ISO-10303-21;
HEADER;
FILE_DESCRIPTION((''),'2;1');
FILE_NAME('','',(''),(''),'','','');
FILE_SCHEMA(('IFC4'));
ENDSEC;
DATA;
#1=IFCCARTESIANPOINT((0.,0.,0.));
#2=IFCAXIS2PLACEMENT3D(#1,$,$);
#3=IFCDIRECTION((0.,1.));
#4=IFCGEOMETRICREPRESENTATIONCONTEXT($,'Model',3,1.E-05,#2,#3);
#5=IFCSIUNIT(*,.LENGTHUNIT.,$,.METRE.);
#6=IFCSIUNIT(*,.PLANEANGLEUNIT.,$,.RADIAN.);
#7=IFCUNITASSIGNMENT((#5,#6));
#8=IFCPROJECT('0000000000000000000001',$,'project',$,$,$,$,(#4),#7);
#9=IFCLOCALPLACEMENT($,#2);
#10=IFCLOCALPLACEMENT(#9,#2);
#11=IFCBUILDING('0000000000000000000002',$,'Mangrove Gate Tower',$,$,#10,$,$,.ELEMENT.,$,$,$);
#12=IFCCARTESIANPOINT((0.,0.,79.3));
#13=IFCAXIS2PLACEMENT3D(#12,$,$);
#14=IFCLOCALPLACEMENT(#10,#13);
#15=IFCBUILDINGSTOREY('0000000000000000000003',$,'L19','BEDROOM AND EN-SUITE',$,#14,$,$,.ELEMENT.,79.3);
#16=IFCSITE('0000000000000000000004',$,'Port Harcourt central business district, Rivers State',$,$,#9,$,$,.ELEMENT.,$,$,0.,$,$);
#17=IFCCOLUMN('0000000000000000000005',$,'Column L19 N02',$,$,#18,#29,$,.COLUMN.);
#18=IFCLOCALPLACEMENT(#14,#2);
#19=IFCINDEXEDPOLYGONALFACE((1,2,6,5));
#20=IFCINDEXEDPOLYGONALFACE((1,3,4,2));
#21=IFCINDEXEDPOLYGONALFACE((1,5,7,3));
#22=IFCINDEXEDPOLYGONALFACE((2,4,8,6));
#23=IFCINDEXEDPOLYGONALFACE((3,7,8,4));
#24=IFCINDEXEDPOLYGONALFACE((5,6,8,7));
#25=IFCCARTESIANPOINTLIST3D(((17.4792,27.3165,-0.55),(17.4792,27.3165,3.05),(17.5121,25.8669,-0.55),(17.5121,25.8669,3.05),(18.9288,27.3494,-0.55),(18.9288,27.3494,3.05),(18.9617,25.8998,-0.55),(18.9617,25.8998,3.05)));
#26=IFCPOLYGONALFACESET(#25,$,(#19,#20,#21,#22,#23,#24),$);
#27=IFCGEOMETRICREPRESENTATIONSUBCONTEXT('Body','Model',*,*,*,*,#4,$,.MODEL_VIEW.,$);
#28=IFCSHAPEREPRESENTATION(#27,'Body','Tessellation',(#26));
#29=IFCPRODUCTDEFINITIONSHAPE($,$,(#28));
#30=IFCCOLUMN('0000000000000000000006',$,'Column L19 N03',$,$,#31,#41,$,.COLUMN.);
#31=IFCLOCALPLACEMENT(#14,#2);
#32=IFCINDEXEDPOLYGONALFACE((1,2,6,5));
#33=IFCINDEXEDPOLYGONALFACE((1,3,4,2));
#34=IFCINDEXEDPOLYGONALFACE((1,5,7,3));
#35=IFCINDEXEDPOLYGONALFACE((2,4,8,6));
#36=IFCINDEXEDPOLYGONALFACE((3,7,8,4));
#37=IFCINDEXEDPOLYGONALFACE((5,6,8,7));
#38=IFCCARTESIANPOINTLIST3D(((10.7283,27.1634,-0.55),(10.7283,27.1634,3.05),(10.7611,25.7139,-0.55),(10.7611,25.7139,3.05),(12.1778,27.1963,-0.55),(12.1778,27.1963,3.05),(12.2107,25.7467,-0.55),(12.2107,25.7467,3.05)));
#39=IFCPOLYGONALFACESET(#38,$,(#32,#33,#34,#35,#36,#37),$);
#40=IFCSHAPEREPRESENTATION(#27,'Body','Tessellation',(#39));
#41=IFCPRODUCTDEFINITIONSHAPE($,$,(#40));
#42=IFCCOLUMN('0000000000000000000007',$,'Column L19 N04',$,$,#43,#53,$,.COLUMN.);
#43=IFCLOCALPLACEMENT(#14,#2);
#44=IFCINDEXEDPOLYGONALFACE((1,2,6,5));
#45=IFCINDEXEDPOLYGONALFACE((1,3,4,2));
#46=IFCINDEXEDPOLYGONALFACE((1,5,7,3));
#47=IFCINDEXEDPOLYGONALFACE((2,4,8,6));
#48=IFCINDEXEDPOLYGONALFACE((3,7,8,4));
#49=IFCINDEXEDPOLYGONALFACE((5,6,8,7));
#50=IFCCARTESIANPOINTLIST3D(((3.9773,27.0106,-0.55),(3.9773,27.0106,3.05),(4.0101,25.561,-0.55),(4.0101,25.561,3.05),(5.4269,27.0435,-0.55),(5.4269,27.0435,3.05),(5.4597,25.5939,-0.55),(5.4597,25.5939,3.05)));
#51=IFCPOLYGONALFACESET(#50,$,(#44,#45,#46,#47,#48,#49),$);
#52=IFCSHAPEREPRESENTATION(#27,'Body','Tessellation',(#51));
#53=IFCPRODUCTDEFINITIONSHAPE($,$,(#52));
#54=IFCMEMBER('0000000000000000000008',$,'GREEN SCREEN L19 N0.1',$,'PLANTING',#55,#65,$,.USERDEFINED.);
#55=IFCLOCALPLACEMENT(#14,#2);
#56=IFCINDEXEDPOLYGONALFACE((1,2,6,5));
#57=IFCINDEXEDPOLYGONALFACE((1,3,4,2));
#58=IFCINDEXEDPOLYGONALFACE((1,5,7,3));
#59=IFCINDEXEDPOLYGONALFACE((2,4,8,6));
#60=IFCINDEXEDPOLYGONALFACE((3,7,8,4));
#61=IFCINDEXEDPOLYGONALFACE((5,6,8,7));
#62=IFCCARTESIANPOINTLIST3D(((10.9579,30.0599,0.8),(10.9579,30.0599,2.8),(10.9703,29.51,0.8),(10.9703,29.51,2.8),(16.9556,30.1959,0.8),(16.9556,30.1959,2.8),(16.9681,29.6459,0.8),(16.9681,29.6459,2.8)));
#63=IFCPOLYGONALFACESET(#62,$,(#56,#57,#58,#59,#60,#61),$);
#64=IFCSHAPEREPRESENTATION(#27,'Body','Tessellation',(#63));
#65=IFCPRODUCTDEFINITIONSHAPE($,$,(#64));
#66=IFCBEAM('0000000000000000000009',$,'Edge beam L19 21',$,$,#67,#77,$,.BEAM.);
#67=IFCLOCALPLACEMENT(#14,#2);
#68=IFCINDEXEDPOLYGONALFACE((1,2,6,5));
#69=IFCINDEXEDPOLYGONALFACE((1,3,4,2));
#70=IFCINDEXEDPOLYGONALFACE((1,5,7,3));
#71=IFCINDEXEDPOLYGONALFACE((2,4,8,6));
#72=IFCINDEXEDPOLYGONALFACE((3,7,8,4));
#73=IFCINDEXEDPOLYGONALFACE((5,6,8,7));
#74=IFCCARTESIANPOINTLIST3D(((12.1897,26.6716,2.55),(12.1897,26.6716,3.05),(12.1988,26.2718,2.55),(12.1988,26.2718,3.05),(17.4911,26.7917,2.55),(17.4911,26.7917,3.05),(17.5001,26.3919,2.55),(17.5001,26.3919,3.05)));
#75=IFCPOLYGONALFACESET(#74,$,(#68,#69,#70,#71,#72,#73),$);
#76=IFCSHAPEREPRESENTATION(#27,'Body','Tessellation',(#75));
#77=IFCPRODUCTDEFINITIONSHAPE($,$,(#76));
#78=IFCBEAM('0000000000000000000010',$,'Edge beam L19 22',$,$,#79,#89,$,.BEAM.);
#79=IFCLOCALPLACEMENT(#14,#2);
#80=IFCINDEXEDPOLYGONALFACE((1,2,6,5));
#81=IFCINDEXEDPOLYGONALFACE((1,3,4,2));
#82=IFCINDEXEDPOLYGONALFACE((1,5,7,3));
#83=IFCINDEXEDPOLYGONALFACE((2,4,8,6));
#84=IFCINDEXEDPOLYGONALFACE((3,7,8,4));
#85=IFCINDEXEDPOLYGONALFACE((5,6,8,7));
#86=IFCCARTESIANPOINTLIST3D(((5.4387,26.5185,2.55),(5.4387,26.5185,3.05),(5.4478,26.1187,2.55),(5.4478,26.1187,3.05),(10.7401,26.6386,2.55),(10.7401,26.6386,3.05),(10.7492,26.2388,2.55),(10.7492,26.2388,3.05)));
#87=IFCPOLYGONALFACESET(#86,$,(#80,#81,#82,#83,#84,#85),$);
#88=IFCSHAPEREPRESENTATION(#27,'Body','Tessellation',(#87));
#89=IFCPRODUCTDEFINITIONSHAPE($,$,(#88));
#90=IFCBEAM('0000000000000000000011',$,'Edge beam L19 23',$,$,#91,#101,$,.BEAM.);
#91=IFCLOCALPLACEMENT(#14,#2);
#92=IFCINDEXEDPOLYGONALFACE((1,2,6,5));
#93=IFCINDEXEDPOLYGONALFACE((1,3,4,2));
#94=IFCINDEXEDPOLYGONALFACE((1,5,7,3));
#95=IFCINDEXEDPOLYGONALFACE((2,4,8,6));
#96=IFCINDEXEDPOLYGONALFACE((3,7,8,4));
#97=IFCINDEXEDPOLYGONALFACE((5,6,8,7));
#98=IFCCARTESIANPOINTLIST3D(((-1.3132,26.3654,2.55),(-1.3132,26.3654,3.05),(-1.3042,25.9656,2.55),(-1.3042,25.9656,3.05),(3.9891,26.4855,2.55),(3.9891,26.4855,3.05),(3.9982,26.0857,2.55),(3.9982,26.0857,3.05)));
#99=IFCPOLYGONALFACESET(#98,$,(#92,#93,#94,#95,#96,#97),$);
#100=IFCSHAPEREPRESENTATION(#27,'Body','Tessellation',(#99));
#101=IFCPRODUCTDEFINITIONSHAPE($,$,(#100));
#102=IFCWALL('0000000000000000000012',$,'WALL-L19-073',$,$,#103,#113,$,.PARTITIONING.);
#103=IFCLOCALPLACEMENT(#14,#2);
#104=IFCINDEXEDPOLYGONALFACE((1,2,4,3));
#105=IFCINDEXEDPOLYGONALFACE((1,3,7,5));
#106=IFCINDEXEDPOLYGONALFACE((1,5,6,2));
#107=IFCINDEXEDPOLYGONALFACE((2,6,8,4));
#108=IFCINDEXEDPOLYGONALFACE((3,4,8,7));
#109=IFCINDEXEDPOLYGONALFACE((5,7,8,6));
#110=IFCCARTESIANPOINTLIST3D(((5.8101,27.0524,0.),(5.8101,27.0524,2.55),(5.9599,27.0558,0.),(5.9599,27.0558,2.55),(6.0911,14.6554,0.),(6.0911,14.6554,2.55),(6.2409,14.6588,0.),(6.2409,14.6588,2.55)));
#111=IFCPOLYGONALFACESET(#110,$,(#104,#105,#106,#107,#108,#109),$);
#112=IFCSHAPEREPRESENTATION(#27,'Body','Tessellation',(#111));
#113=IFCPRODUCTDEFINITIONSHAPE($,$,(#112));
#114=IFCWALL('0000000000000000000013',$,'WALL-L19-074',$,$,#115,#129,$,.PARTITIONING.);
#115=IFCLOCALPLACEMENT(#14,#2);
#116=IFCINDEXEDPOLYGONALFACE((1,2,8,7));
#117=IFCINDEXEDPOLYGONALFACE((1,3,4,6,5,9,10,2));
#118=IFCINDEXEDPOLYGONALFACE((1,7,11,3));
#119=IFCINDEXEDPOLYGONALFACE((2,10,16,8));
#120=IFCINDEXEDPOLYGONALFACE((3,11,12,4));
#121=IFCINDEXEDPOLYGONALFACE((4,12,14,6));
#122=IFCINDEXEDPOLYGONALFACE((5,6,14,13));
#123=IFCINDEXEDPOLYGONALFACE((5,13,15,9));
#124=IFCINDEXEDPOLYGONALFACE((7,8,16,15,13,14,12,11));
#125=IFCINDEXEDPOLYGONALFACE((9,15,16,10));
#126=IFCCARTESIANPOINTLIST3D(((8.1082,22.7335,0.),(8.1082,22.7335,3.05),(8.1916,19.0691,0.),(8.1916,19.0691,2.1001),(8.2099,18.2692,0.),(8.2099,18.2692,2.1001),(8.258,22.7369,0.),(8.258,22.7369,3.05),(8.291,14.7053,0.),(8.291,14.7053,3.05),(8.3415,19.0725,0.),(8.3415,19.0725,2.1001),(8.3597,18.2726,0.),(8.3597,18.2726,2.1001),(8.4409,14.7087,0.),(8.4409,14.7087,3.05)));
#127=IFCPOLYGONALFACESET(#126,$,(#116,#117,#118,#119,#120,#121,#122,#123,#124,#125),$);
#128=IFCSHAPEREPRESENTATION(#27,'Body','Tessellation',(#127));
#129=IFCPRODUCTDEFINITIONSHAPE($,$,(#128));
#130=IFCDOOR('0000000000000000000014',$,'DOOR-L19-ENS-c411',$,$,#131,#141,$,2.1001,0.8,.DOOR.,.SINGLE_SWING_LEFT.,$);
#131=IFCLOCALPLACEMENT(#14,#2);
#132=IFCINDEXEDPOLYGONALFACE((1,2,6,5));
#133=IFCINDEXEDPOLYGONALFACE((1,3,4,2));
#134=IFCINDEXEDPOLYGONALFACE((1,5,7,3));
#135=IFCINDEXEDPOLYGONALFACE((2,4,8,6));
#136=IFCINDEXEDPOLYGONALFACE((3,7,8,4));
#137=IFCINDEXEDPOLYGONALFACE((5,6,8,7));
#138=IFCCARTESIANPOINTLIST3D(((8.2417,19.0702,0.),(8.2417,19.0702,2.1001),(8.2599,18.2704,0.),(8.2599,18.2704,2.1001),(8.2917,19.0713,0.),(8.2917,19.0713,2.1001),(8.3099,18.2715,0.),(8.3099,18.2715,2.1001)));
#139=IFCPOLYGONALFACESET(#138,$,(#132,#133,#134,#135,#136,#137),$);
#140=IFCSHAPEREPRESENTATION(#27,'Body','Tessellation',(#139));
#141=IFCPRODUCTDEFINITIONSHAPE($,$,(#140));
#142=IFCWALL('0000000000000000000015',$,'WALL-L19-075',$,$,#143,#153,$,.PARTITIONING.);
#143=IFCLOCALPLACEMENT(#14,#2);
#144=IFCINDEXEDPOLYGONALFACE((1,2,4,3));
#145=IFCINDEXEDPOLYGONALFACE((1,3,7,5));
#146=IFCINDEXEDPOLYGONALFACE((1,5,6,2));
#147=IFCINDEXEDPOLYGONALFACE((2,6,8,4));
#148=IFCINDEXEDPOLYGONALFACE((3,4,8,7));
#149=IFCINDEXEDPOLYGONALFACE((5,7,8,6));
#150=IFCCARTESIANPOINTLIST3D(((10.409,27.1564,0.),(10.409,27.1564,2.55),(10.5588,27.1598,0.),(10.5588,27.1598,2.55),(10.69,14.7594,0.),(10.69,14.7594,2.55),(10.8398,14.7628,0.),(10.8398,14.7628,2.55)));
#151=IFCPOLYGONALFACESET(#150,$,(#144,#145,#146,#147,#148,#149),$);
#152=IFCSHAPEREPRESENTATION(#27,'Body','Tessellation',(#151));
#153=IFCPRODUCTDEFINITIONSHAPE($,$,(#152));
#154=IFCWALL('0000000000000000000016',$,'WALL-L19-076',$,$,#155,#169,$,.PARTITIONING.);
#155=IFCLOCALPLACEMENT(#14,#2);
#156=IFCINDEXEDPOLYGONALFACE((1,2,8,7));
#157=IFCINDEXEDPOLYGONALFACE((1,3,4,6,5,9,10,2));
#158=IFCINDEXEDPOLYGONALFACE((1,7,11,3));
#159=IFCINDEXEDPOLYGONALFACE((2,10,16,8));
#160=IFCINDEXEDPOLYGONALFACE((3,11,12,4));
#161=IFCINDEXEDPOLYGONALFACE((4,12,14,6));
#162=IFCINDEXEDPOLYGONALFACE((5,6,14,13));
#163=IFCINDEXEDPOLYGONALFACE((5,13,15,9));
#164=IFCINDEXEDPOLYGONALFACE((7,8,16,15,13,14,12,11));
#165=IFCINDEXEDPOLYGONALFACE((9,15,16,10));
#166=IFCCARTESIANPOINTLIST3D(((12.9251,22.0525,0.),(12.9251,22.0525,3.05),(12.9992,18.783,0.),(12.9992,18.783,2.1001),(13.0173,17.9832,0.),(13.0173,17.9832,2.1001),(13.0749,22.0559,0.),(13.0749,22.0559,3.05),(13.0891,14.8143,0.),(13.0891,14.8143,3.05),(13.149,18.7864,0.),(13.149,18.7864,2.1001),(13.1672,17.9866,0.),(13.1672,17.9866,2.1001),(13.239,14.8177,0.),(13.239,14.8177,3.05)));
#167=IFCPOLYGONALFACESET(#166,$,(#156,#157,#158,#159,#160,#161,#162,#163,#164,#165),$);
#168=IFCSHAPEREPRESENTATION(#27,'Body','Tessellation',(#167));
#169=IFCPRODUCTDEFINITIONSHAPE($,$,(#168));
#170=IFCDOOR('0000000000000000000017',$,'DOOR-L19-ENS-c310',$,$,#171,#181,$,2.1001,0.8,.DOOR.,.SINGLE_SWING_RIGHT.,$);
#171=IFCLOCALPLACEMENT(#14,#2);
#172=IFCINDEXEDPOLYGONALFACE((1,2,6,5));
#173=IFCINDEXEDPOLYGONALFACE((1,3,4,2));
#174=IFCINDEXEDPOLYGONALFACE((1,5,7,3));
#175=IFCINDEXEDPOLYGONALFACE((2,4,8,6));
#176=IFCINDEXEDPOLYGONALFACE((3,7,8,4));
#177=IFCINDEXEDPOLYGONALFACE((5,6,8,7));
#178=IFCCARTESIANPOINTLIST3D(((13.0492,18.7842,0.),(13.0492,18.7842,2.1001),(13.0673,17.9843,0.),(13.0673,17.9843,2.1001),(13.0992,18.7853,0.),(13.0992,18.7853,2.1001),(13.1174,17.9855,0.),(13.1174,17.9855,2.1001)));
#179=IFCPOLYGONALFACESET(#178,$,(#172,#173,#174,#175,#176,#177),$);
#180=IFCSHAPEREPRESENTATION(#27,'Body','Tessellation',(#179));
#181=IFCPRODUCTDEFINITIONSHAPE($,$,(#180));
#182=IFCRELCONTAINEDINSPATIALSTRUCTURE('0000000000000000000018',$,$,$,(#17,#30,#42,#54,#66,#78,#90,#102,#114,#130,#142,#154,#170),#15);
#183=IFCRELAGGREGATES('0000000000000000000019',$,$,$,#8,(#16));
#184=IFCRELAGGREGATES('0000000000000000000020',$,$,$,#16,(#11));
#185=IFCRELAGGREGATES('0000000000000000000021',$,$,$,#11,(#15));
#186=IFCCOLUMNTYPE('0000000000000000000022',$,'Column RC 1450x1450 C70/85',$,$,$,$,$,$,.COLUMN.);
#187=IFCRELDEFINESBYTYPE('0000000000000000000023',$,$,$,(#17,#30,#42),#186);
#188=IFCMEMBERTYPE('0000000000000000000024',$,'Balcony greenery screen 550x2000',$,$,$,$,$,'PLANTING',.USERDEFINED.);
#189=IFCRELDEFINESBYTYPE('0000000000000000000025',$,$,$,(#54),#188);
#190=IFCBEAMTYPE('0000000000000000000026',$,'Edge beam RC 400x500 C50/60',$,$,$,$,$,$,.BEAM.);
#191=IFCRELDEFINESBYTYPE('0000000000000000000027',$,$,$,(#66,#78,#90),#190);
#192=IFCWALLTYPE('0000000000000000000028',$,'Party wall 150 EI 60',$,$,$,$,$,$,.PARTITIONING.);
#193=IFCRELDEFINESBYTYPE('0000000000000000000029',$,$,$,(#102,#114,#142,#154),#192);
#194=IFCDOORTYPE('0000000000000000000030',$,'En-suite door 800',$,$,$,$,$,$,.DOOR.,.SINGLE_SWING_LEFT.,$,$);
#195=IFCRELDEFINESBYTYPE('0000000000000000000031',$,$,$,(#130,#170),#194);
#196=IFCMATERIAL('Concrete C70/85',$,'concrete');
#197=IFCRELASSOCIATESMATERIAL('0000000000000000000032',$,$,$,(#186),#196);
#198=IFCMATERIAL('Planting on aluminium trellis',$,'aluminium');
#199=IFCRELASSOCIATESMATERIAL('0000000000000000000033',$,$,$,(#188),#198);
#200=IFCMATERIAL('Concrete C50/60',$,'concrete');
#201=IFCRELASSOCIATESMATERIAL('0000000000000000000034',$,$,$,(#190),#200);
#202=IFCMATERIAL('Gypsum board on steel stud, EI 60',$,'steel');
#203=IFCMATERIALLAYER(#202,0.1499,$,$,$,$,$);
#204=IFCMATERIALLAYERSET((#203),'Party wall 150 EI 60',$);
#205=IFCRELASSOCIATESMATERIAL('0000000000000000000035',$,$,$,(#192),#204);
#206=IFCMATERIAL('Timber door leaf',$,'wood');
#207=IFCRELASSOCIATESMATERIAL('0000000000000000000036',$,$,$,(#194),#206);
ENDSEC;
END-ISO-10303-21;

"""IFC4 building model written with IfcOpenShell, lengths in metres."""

from ifc_helpers import new_model, si_unit, direction, frame, frame_2d, origin, origin_2d, place, context, subcontext, project, spatial, rectangle, extrude, material, layer, layer_set, material_profile, profile_set, type_object, element, fill, save


model = new_model("IFC4")

# Units and contexts
model_context = context("Model", 3, precision=1e-05, world=origin(), true_north=direction((0.0, 1.0)))
body_context = subcontext(model_context, "Body", "Model", "MODEL_VIEW")
ifc_project = project(units=[si_unit("LENGTHUNIT", "METRE"), si_unit("PLANEANGLEUNIT", "RADIAN")], contexts=[model_context])

# Site, building, storey
site_placement = place(None, origin())
site = spatial("IfcSite", under=ifc_project, at=site_placement, Name="Port Harcourt central business district, Rivers State", CompositionType="ELEMENT", RefElevation=0.0)
building_placement = place(site_placement, origin())
building = spatial("IfcBuilding", under=site, at=building_placement, Name="Mangrove Gate Tower", CompositionType="ELEMENT")
storey_placement = place(building_placement, frame((0.0, 0.0, 79.3)))
storey = spatial("IfcBuildingStorey", under=building, at=storey_placement, Name="L19", Description="BEDROOM AND EN-SUITE", CompositionType="ELEMENT", Elevation=79.3)

# Columns
ifc_material_1 = material(Name="Concrete C70/85", Category="concrete")
ifc_material_profile_1 = material_profile(ifc_material_1, rectangle(XDim=1.45, YDim=1.45, at=origin_2d()))
ifc_profile_set_1 = profile_set([ifc_material_profile_1], Name="Concrete C70/85")
column_type = type_object("IfcColumnType", Name="Column RC 1450x1450 C70/85", PredefinedType="COLUMN", material=ifc_profile_set_1)
for number, where, z_axis, x_axis, name in (
    (1, (18.2205, 26.6082, -0.55), (0.0, 0.0, 1.0), (-0.999742, -0.02273, 0.0), "Column L19 N02"),
    (2, (11.4695, 26.4551, -0.55), (0.0, 0.0, 1.0), (-0.999743, -0.022657, 0.0), "Column L19 N03"),
    (3, (4.7185, 26.3022, -0.55), (0.0, 0.0, 1.0), (-0.999743, -0.022656, 0.0), "Column L19 N04"),
):
    element("IfcColumn", number, at=place(storey_placement, frame(where, z_axis=z_axis, x_axis=x_axis)), inside=storey, type_object=column_type, Name=name, PredefinedType="COLUMN", context=body_context, shape_type="SweptSolid", body=[
        extrude(rectangle(XDim=1.45, YDim=1.45, at=origin_2d()), origin(), (0.0, 0.0, 1.0), 3.6001),
    ])

# Member
ifc_material_2 = material(Name="Planting on aluminium trellis", Category="aluminium")
ifc_material_profile_2 = material_profile(ifc_material_2, rectangle(XDim=0.55, YDim=2.0, at=origin_2d()))
ifc_profile_set_2 = profile_set([ifc_material_profile_2], Name="Planting on aluminium trellis")
member_type = type_object("IfcMemberType", Name="Balcony greenery screen 550x2000", ElementType="PLANTING", PredefinedType="USERDEFINED", material=ifc_profile_set_2)
member_placement = place(storey_placement, frame((10.9641, 29.7849, 1.8), z_axis=(0.999743, 0.022667, 0.0), x_axis=(-0.022667, 0.999743, 0.0)))
element("IfcMember", 4, at=member_placement, inside=storey, type_object=member_type, Name="GREEN SCREEN L19 N0.1", ObjectType="PLANTING", PredefinedType="USERDEFINED", context=body_context, shape_type="SweptSolid", body=[
    extrude(rectangle(XDim=0.55, YDim=2.0, at=origin_2d()), origin(), (0.0, 0.0, 1.0), 5.9993),
])

# Beams
ifc_material_3 = material(Name="Concrete C50/60", Category="concrete")
ifc_material_profile_3 = material_profile(ifc_material_3, rectangle(XDim=0.3999, YDim=0.5, at=origin_2d()))
ifc_profile_set_3 = profile_set([ifc_material_profile_3], Name="Concrete C50/60")
beam_type = type_object("IfcBeamType", Name="Edge beam RC 400x500 C50/60", PredefinedType="BEAM", material=ifc_profile_set_3)
for number, where, z_axis, x_axis, name in (
    (5, (17.4956, 26.5918, 2.8), (-0.999743, -0.022652, 0.0), (0.022652, -0.999743, 0.0), "Edge beam L19 21"),
    (6, (10.7446, 26.4387, 2.8), (-0.999743, -0.022652, 0.0), (0.022652, -0.999743, 0.0), "Edge beam L19 22"),
):
    element("IfcBeam", number, at=place(storey_placement, frame(where, z_axis=z_axis, x_axis=x_axis)), inside=storey, type_object=beam_type, Name=name, PredefinedType="BEAM", context=body_context, shape_type="SweptSolid", body=[
        extrude(rectangle(XDim=0.3999, YDim=0.5, at=origin_2d()), origin(), (0.0, 0.0, 1.0), 5.3027),
    ])
beam_placement = place(storey_placement, frame((3.9937, 26.2856, 2.8), z_axis=(-0.999743, -0.022648, 0.0), x_axis=(0.022648, -0.999743, 0.0)))
element("IfcBeam", 7, at=beam_placement, inside=storey, type_object=beam_type, Name="Edge beam L19 23", PredefinedType="BEAM", context=body_context, shape_type="SweptSolid", body=[
    extrude(rectangle(XDim=0.3999, YDim=0.5, at=origin_2d()), origin(), (0.0, 0.0, 1.0), 5.3037),
])

# Wall
ifc_material_4 = material(Name="Gypsum board on steel stud, EI 60", Category="steel")
ifc_layer_1 = layer(ifc_material_4, 0.1499)
ifc_layer_set_1 = layer_set([ifc_layer_1], Name="Party wall 150 EI 60")
wall_type_1 = type_object("IfcWallType", Name="Party wall 150 EI 60", PredefinedType="PARTITIONING", material=ifc_layer_set_1)
wall_1_placement = place(storey_placement, frame((6.166, 14.657, 0.0), z_axis=(0.0, 0.0, 1.0), x_axis=(-0.022661, 0.999743, 0.0)))
element("IfcWall", 8, at=wall_1_placement, inside=storey, type_object=wall_type_1, Name="WALL-L19-073", PredefinedType="PARTITIONING", context=body_context, shape_type="SweptSolid", body=[
    extrude(rectangle(XDim=12.4001, YDim=0.1499, at=frame_2d((6.2002, 0.0))), origin(), (0.0, 0.0, 1.0), 2.55),
])

# Wall, opening, door
wall_2_placement = place(storey_placement, frame((8.366, 14.707, 0.0), z_axis=(0.0, 0.0, 1.0), x_axis=(-0.022772, 0.999741, 0.0)))
wall_2 = element("IfcWall", 9, at=wall_2_placement, inside=storey, type_object=wall_type_1, Name="WALL-L19-074", PredefinedType="PARTITIONING", context=body_context, shape_type="SweptSolid", body=[
    extrude(rectangle(XDim=8.0303, YDim=0.1499, at=frame_2d((4.0151, 0.0))), origin(), (0.0, 0.0, 1.0), 3.05),
])
opening_1_placement = place(wall_2_placement, frame((3.5649, 0.0, 0.0)))
opening_1 = element("IfcOpeningElement", 10, at=opening_1_placement, cuts=wall_2, PredefinedType="OPENING", context=body_context, shape_type="SweptSolid", body=[
    extrude(rectangle(XDim=0.8, YDim=2.1001, at=frame_2d((0.3999, 1.05))), frame((0.0, 0.085, 0.0), z_axis=(0.0, -1.0, 0.0), x_axis=(1.0, 0.0, 0.0)), (0.0, 0.0, 1.0), 0.1699),
])
ifc_material_5 = material(Name="Timber door leaf", Category="wood")
door_type = type_object("IfcDoorType", Name="En-suite door 800", OperationType="SINGLE_SWING_LEFT", PredefinedType="DOOR", material=ifc_material_5)
door_1_placement = place(opening_1_placement, origin())
door_1 = element("IfcDoor", 11, at=door_1_placement, inside=storey, type_object=door_type, Name="DOOR-L19-ENS-c411", OperationType="SINGLE_SWING_LEFT", OverallHeight=2.1001, OverallWidth=0.8, PredefinedType="DOOR", context=body_context, shape_type="SweptSolid", body=[
    extrude(rectangle(XDim=0.8, YDim=2.1001, at=frame_2d((0.3999, 1.05))), frame((0.0, 0.0249, 0.0), z_axis=(0.0, -1.0, 0.0), x_axis=(1.0, 0.0, 0.0)), (0.0, 0.0, 1.0), 0.05),
])
fill(opening_1, door_1)

# Wall
wall_3_placement = place(storey_placement, frame((10.7649, 14.761, 0.0), z_axis=(0.0, 0.0, 1.0), x_axis=(-0.022661, 0.999743, 0.0)))
element("IfcWall", 12, at=wall_3_placement, inside=storey, type_object=wall_type_1, Name="WALL-L19-075", PredefinedType="PARTITIONING", context=body_context, shape_type="SweptSolid", body=[
    extrude(rectangle(XDim=12.4001, YDim=0.1499, at=frame_2d((6.2002, 0.0))), origin(), (0.0, 0.0, 1.0), 2.55),
])

# Wall, opening, door
wall_4_placement = place(storey_placement, frame((13.1641, 14.8159, 0.0), z_axis=(0.0, 0.0, 1.0), x_axis=(-0.022661, 0.999743, 0.0)))
wall_4 = element("IfcWall", 13, at=wall_4_placement, inside=storey, type_object=wall_type_1, Name="WALL-L19-076", PredefinedType="PARTITIONING", context=body_context, shape_type="SweptSolid", body=[
    extrude(rectangle(XDim=7.24, YDim=0.1499, at=frame_2d((3.6201, 0.0))), origin(), (0.0, 0.0, 1.0), 3.05),
])
opening_2_placement = place(wall_4_placement, frame((3.1699, 0.0, 0.0)))
opening_2 = element("IfcOpeningElement", 14, at=opening_2_placement, cuts=wall_4, PredefinedType="OPENING", context=body_context, shape_type="SweptSolid", body=[
    extrude(rectangle(XDim=0.8, YDim=2.1001, at=frame_2d((0.3999, 1.05))), frame((0.0, 0.085, 0.0), z_axis=(0.0, -1.0, 0.0), x_axis=(1.0, 0.0, 0.0)), (0.0, 0.0, 1.0), 0.1699),
])
door_2_placement = place(opening_2_placement, origin())
door_2 = element("IfcDoor", 15, at=door_2_placement, inside=storey, type_object=door_type, Name="DOOR-L19-ENS-c310", OperationType="SINGLE_SWING_RIGHT", OverallHeight=2.1001, OverallWidth=0.8, PredefinedType="DOOR", context=body_context, shape_type="SweptSolid", body=[
    extrude(rectangle(XDim=0.8, YDim=2.1001, at=frame_2d((0.3999, 1.05))), frame((0.0, 0.0249, 0.0), z_axis=(0.0, -1.0, 0.0), x_axis=(1.0, 0.0, 0.0)), (0.0, 0.0, 1.0), 0.05),
])
fill(opening_2, door_2)

save(model, "model.ifc")
